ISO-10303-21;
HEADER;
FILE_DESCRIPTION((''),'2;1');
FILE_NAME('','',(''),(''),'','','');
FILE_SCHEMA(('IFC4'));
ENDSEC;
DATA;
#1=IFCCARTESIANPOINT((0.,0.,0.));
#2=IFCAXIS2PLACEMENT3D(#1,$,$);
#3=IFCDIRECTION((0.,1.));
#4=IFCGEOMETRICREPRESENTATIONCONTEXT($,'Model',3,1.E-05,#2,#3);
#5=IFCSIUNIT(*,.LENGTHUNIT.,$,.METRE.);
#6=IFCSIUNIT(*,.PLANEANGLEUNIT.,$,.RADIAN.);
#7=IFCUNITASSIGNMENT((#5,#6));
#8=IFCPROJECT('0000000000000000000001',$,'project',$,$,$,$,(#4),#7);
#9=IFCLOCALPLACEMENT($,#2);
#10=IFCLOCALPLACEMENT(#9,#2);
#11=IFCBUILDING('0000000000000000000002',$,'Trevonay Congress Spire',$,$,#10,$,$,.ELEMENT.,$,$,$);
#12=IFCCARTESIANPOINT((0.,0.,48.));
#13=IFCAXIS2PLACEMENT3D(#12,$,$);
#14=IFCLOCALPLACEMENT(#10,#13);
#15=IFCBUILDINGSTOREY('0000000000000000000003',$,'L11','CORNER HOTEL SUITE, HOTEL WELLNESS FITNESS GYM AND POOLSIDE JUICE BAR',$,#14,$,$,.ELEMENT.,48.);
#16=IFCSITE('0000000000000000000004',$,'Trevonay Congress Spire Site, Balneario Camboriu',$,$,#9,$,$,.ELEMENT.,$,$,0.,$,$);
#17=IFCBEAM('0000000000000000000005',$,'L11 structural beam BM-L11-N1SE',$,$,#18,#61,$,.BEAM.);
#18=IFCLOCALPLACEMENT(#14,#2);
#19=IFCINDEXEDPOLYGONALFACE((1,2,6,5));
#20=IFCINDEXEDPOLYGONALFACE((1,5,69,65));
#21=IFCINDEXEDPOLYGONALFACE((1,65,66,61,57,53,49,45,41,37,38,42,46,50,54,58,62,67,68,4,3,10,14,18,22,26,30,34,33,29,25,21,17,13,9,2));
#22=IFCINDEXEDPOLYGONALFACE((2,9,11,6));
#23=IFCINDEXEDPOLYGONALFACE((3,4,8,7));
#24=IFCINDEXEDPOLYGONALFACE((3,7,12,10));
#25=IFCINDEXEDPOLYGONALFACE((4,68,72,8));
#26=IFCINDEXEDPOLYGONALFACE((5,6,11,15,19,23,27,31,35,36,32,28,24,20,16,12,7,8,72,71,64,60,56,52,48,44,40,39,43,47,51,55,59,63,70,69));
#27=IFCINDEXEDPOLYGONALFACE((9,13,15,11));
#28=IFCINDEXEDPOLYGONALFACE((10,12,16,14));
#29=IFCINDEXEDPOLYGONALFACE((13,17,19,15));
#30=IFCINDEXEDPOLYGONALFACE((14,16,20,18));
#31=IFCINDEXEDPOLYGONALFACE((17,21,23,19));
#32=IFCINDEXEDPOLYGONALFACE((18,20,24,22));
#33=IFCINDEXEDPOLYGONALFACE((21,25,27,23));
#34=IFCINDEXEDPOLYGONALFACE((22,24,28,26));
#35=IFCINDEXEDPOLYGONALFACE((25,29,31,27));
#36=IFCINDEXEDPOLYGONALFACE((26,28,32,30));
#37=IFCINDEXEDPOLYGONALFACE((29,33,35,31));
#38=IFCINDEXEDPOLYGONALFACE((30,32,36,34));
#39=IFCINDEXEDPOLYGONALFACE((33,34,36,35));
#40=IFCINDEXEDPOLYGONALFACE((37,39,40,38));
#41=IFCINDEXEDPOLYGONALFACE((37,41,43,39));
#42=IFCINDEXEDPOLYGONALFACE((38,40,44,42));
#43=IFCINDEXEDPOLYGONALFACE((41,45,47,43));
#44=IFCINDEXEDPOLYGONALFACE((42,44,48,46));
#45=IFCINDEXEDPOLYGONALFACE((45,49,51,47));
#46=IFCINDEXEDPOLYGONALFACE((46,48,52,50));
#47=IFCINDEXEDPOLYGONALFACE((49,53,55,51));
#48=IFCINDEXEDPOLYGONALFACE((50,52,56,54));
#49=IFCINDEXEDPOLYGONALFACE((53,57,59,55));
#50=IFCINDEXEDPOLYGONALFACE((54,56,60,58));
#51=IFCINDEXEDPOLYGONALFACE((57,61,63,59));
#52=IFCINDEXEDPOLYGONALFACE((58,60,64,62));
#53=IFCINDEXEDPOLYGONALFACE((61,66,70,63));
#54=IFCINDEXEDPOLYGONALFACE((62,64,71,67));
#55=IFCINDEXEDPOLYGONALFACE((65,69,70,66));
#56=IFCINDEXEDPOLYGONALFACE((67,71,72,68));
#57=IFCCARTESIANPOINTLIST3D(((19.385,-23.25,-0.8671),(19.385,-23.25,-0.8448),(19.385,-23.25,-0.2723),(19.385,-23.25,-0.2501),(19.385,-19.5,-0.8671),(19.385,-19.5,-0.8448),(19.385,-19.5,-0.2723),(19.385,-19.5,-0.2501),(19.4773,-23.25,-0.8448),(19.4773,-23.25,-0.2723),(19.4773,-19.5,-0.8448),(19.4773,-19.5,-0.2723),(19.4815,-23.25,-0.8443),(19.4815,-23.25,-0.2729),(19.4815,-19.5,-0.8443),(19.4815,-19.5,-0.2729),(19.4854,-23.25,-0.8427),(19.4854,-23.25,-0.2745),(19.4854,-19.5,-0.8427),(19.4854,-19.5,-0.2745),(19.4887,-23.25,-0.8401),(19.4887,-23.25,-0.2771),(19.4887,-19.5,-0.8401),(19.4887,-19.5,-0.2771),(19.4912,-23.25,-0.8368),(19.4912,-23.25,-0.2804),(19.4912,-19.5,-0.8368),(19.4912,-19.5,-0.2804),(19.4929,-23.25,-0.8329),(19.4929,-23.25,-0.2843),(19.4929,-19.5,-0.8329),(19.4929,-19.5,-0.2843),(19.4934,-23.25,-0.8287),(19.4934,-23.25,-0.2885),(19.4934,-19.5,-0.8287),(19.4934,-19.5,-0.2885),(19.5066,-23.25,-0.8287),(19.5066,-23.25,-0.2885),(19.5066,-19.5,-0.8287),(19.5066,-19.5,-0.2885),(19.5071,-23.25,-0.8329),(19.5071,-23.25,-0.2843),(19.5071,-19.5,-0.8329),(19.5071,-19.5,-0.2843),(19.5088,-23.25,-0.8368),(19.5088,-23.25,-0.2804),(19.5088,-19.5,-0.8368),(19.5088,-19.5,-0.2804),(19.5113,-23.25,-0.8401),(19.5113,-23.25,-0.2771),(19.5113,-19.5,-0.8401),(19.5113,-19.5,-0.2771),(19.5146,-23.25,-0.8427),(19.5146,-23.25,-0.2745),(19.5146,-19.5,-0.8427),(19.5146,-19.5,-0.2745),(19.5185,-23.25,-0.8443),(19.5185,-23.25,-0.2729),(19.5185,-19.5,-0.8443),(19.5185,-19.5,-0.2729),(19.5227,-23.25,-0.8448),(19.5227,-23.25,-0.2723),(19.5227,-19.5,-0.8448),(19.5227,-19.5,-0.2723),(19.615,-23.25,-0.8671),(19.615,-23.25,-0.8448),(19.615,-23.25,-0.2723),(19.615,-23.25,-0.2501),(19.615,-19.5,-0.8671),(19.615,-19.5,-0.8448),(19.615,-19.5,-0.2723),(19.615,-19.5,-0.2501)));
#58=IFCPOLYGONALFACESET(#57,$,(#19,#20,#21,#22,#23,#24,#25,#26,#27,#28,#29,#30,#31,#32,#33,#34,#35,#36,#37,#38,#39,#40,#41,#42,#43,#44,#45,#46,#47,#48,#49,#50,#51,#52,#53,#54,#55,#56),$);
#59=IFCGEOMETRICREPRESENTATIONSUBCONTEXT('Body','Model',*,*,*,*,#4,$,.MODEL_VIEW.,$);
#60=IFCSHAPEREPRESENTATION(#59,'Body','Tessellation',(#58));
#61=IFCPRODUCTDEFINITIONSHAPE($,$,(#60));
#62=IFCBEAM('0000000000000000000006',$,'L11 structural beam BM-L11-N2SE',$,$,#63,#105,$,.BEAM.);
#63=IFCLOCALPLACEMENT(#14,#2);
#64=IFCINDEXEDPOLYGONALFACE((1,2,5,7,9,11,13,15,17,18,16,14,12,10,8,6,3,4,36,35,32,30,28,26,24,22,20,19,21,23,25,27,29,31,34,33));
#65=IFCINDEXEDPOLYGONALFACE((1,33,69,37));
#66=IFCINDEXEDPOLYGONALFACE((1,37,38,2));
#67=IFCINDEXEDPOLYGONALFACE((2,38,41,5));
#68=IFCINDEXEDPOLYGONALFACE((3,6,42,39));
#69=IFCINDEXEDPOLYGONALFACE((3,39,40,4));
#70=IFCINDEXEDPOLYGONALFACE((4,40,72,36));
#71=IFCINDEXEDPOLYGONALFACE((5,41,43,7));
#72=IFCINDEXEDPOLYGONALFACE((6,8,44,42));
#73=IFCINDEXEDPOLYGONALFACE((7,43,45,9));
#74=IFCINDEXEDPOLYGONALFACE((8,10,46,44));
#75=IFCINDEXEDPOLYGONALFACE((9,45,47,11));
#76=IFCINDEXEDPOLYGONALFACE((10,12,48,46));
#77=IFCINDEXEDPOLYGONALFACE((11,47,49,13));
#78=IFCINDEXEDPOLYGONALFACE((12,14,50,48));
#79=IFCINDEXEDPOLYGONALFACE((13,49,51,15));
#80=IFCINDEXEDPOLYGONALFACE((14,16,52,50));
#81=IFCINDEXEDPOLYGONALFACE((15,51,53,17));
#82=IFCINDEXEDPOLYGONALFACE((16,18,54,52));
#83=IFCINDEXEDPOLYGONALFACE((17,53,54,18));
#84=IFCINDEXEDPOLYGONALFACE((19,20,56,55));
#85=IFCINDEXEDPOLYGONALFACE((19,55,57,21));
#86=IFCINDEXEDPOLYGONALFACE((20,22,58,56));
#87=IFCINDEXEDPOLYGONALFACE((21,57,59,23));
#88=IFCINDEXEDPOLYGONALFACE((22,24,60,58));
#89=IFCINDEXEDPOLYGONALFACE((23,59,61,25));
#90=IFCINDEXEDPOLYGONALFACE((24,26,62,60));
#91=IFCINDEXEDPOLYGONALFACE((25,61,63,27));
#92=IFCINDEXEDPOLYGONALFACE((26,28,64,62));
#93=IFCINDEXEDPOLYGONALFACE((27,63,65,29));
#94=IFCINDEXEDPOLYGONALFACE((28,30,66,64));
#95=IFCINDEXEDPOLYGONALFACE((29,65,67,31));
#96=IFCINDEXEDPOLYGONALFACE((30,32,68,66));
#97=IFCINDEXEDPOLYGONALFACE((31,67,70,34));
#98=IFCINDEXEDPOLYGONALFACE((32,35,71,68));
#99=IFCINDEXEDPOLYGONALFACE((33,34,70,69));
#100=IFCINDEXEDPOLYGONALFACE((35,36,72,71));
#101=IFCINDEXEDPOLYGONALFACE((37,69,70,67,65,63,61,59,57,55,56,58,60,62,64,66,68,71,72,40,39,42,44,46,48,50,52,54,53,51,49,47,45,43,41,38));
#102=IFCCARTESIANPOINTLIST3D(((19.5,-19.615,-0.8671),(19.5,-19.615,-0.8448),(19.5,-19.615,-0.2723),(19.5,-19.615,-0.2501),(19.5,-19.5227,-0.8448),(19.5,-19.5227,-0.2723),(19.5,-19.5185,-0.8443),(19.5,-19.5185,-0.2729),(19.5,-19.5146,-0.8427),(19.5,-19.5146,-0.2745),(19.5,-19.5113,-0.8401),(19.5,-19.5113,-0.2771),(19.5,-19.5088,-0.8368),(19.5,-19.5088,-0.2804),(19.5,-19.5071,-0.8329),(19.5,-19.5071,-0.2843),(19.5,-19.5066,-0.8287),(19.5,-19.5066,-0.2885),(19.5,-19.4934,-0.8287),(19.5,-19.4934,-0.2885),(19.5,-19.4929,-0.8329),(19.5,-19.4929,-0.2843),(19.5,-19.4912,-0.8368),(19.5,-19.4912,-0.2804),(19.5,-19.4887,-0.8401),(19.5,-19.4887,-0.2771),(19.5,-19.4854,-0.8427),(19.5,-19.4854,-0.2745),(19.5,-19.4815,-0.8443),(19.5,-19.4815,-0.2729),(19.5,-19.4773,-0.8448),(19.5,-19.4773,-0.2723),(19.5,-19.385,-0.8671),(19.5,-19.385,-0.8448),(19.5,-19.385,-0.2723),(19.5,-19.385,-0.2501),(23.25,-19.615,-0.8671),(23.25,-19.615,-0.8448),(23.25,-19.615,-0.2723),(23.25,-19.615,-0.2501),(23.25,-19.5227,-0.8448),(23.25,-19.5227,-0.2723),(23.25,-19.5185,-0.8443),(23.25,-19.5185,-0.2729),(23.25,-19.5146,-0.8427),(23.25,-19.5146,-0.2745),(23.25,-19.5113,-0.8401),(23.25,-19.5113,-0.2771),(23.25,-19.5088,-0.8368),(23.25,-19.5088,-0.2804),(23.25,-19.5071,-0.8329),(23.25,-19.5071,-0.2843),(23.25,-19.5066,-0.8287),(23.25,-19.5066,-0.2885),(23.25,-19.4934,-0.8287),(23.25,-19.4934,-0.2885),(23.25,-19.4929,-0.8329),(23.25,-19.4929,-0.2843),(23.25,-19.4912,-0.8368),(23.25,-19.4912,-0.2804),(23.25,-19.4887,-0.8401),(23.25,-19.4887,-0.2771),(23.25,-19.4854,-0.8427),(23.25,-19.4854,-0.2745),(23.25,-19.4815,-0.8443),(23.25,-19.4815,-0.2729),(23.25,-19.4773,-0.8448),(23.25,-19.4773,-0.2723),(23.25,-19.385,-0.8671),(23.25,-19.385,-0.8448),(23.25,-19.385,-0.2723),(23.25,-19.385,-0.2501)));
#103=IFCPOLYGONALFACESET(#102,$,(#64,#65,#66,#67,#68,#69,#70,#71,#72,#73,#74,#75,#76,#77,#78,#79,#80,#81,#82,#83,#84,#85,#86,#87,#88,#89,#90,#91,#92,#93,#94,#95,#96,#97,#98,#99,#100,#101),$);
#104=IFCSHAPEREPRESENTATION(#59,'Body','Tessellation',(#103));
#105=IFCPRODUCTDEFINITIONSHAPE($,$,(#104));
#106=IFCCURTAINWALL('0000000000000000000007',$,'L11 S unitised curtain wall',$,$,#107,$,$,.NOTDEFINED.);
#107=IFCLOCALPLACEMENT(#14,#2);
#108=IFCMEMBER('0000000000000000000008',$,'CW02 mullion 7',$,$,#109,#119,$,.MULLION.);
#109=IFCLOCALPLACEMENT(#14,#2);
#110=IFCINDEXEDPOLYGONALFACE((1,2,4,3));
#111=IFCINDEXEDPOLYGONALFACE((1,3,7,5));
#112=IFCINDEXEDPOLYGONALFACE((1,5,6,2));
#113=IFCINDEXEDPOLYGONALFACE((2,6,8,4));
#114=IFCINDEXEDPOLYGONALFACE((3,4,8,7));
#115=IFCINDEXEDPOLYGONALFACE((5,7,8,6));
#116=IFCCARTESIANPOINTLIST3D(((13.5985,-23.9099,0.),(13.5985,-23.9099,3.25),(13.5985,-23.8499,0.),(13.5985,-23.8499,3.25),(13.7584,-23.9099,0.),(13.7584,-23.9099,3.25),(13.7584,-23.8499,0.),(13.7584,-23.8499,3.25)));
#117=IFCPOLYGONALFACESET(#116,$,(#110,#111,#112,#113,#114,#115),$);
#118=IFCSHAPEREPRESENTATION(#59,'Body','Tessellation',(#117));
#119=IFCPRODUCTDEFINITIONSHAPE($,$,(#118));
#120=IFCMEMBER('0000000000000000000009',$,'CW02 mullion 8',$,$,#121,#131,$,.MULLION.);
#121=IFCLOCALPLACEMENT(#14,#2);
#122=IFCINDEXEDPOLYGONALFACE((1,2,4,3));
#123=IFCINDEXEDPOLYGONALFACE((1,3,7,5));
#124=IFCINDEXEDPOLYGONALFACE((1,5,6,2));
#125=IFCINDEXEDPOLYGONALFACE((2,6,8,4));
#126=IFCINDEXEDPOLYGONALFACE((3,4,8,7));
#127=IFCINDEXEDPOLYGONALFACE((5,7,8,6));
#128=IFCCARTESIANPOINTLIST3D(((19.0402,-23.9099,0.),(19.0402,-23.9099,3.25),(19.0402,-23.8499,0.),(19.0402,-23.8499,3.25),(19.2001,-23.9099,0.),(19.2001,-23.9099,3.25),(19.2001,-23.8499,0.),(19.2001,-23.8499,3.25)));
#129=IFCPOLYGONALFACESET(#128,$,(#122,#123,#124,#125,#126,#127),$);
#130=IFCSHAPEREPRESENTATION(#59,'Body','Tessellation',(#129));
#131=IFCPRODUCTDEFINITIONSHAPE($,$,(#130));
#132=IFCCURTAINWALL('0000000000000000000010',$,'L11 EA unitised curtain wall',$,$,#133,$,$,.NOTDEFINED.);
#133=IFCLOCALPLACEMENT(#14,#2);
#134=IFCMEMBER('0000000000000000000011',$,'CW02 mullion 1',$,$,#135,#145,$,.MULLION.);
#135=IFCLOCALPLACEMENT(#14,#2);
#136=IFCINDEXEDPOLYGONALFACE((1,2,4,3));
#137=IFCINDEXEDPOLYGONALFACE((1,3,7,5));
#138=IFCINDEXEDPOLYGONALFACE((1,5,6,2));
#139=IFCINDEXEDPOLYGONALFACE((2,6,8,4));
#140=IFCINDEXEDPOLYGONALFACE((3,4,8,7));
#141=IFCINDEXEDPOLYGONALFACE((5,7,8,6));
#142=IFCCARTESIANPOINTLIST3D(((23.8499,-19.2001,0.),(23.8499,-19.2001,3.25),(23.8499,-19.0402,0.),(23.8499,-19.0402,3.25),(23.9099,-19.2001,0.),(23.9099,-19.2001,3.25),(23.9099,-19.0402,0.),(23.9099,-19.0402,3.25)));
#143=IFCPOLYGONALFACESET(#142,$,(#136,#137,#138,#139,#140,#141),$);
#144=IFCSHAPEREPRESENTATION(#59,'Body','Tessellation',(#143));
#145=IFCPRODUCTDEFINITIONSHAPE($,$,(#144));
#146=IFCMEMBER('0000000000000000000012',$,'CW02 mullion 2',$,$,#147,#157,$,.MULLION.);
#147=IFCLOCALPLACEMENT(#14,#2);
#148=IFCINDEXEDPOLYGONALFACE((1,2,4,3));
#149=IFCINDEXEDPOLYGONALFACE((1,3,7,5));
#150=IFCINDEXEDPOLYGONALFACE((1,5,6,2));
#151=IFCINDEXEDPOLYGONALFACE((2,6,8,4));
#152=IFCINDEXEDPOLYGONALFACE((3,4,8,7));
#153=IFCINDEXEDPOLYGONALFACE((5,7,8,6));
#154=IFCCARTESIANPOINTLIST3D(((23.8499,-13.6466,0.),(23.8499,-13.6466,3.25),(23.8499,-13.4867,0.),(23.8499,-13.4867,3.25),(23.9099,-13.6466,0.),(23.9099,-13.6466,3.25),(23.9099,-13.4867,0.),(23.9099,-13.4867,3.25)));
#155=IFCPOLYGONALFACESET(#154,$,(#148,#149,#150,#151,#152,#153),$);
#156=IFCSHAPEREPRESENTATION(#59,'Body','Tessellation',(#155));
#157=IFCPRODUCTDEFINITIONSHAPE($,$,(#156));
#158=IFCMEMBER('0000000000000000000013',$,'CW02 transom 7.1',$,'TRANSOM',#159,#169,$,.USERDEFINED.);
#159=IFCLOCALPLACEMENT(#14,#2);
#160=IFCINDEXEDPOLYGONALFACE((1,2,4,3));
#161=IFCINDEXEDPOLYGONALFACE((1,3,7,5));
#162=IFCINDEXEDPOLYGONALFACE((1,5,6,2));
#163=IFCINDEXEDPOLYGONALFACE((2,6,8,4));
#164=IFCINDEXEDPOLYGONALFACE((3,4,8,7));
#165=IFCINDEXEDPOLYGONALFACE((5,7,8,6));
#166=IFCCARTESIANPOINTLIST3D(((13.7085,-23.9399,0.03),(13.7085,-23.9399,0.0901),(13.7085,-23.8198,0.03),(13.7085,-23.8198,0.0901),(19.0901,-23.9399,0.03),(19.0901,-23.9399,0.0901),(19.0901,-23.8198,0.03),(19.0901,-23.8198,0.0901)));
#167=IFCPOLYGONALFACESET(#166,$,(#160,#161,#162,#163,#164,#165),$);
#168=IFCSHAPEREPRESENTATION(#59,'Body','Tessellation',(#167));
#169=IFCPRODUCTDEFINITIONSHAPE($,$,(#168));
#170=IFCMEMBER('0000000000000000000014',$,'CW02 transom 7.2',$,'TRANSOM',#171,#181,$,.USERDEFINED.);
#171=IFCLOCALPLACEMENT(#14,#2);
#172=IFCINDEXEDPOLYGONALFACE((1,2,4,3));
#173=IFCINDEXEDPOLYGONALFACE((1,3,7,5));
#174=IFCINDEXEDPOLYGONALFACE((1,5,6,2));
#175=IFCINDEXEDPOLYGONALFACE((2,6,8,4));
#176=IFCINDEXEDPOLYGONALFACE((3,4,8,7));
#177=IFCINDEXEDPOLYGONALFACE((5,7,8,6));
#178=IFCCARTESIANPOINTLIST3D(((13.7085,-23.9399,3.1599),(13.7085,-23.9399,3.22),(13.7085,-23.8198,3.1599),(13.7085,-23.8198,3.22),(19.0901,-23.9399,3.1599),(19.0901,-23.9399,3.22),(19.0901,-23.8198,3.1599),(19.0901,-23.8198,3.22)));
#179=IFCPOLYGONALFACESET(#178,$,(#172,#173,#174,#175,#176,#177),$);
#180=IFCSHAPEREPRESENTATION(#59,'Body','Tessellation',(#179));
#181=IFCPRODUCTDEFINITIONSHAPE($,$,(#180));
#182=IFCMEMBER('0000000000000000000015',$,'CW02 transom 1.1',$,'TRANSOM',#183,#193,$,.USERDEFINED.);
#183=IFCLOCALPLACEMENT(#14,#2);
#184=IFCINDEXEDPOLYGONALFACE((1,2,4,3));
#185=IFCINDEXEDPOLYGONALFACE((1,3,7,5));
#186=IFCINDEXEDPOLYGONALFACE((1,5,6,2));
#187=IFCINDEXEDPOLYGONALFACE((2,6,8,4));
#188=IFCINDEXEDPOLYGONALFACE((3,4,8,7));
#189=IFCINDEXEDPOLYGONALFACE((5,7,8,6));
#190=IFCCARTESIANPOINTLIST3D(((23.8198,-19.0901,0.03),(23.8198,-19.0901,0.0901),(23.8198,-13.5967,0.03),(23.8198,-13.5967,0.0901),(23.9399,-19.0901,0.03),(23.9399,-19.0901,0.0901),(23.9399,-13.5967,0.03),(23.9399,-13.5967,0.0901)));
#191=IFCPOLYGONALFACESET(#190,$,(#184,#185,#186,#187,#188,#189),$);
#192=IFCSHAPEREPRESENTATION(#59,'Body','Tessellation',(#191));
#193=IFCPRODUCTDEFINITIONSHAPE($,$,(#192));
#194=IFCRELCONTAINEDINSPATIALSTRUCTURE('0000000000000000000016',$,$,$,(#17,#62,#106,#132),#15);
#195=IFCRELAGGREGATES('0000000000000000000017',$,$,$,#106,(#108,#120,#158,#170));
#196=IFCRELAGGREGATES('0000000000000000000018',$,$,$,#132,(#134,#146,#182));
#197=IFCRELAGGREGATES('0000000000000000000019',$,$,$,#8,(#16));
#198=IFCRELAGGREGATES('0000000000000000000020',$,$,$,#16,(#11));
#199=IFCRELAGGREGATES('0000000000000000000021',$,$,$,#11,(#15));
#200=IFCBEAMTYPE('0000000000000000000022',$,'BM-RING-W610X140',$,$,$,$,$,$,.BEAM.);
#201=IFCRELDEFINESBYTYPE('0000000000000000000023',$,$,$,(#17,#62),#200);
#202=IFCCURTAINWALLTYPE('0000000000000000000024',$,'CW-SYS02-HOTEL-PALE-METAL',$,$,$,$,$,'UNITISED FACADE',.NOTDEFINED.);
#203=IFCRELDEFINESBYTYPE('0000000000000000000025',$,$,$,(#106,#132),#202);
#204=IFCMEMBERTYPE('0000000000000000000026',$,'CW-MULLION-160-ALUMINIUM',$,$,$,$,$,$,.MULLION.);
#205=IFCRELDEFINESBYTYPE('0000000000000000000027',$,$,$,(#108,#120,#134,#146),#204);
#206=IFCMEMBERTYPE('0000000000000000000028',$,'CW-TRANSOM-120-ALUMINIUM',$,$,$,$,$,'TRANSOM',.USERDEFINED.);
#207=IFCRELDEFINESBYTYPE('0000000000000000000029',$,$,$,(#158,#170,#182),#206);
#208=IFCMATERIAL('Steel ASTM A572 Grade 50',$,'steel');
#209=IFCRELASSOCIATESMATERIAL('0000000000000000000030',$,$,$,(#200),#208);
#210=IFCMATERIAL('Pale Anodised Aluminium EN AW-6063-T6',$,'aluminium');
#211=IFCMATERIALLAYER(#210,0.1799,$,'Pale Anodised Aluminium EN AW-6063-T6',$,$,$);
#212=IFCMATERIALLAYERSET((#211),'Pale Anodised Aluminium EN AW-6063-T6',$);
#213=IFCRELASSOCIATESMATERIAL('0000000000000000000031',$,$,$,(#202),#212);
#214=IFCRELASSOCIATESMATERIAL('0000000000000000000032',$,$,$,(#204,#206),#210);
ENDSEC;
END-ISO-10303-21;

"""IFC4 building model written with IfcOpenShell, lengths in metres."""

from ifc_helpers import new_model, si_unit, direction, frame, origin, origin_2d, place, context, subcontext, project, spatial, rectangle, i_section, extrude, material, layer, layer_set, material_profile, profile_set, type_object, element, aggregate, save


model = new_model("IFC4")

# Units and contexts
model_context = context("Model", 3, precision=1e-05, world=origin(), true_north=direction((0.0, 1.0)))
body_context = subcontext(model_context, "Body", "Model", "MODEL_VIEW")
ifc_project = project(units=[si_unit("LENGTHUNIT", "METRE"), si_unit("PLANEANGLEUNIT", "RADIAN")], contexts=[model_context])

# Site, building, storey
site_placement = place(None, origin())
site = spatial("IfcSite", under=ifc_project, at=site_placement, Name="Trevonay Congress Spire Site, Balneario Camboriu", CompositionType="ELEMENT", RefElevation=0.0)
building_placement = place(site_placement, origin())
building = spatial("IfcBuilding", under=site, at=building_placement, Name="Trevonay Congress Spire", CompositionType="ELEMENT")
storey_placement = place(building_placement, frame((0.0, 0.0, 48.0)))
storey = spatial("IfcBuildingStorey", under=building, at=storey_placement, Name="L11", Description="CORNER HOTEL SUITE, HOTEL WELLNESS FITNESS GYM AND POOLSIDE JUICE BAR", CompositionType="ELEMENT", Elevation=48.0)

# Shared definitions
ifc_material_1 = material(Name="Steel ASTM A572 Grade 50", Category="steel")

# Beams
ifc_material_profile_1 = material_profile(ifc_material_1, i_section(OverallWidth=0.23, OverallDepth=0.6169, WebThickness=0.0132, FlangeThickness=0.0222, FilletRadius=0.0161, at=origin_2d()), Name="W610x140")
ifc_profile_set_1 = profile_set([ifc_material_profile_1], Name="Steel ASTM A572 Grade 50")
beam_type = type_object("IfcBeamType", Name="BM-RING-W610X140", PredefinedType="BEAM", material=ifc_profile_set_1)
for number, where, z_axis, x_axis, name in (
    (1, (19.5, -23.25, -0.5586), (0.0, 1.0, 0.0), (-1.0, 0.0, 0.0), "L11 structural beam BM-L11-N1SE"),
    (2, (23.25, -19.5, -0.5586), (-1.0, 0.0, 0.0), (0.0, -1.0, 0.0), "L11 structural beam BM-L11-N2SE"),
):
    element("IfcBeam", number, at=place(storey_placement, frame(where, z_axis=z_axis, x_axis=x_axis)), inside=storey, type_object=beam_type, Name=name, PredefinedType="BEAM", context=body_context, shape_type="SweptSolid", body=[
        extrude(i_section(OverallWidth=0.23, OverallDepth=0.6169, WebThickness=0.0132, FlangeThickness=0.0222, FilletRadius=0.0161, at=origin_2d()), origin(), (0.0, 0.0, 1.0), 3.75),
    ])

# Curtain walls, members
ifc_material_2 = material(Name="Pale Anodised Aluminium EN AW-6063-T6", Category="aluminium")
ifc_layer_1 = layer(ifc_material_2, 0.1799, Name="Pale Anodised Aluminium EN AW-6063-T6")
ifc_layer_set_1 = layer_set([ifc_layer_1], Name="Pale Anodised Aluminium EN AW-6063-T6")
curtain_wall_type = type_object("IfcCurtainWallType", Name="CW-SYS02-HOTEL-PALE-METAL", ElementType="UNITISED FACADE", PredefinedType="NOTDEFINED", material=ifc_layer_set_1)
curtain_wall_1_placement = place(storey_placement, origin())
curtain_wall_1 = element("IfcCurtainWall", 3, at=curtain_wall_1_placement, inside=storey, type_object=curtain_wall_type, Name="L11 S unitised curtain wall", PredefinedType="NOTDEFINED")
ifc_material_profile_2 = material_profile(ifc_material_2, rectangle(XDim=0.0601, YDim=0.1599, at=origin_2d()), Name="CW-MULLION-160-ALUMINIUM")
ifc_profile_set_2 = profile_set([ifc_material_profile_2], Name="Pale Anodised Aluminium EN AW-6063-T6")
member_type_1 = type_object("IfcMemberType", Name="CW-MULLION-160-ALUMINIUM", PredefinedType="MULLION", material=ifc_profile_set_2)
member_1_placement = place(storey_placement, frame((13.6785, -23.8799, 0.0), z_axis=(0.0, 0.0, 1.0), x_axis=(0.0, 1.0, 0.0)))
member_1 = element("IfcMember", 4, at=member_1_placement, type_object=member_type_1, Name="CW02 mullion 7", PredefinedType="MULLION", context=body_context, shape_type="SweptSolid", body=[
    extrude(rectangle(XDim=0.0601, YDim=0.1599, at=origin_2d()), origin(), (0.0, 0.0, 1.0), 3.25),
])
member_2_placement = place(storey_placement, frame((19.1201, -23.8799, 0.0), z_axis=(0.0, 0.0, 1.0), x_axis=(0.0, 1.0, 0.0)))
member_2 = element("IfcMember", 5, at=member_2_placement, type_object=member_type_1, Name="CW02 mullion 8", PredefinedType="MULLION", context=body_context, shape_type="SweptSolid", body=[
    extrude(rectangle(XDim=0.0601, YDim=0.1599, at=origin_2d()), origin(), (0.0, 0.0, 1.0), 3.25),
])
curtain_wall_2_placement = place(storey_placement, origin())
curtain_wall_2 = element("IfcCurtainWall", 6, at=curtain_wall_2_placement, inside=storey, type_object=curtain_wall_type, Name="L11 EA unitised curtain wall", PredefinedType="NOTDEFINED")
member_3_placement = place(storey_placement, frame((23.8799, -19.1201, 0.0), z_axis=(0.0, 0.0, 1.0), x_axis=(-1.0, 0.0, 0.0)))
member_3 = element("IfcMember", 7, at=member_3_placement, type_object=member_type_1, Name="CW02 mullion 1", PredefinedType="MULLION", context=body_context, shape_type="SweptSolid", body=[
    extrude(rectangle(XDim=0.0601, YDim=0.1599, at=origin_2d()), origin(), (0.0, 0.0, 1.0), 3.25),
])
member_4_placement = place(storey_placement, frame((23.8799, -13.5667, 0.0), z_axis=(0.0, 0.0, 1.0), x_axis=(-1.0, 0.0, 0.0)))
member_4 = element("IfcMember", 8, at=member_4_placement, type_object=member_type_1, Name="CW02 mullion 2", PredefinedType="MULLION", context=body_context, shape_type="SweptSolid", body=[
    extrude(rectangle(XDim=0.0601, YDim=0.1599, at=origin_2d()), origin(), (0.0, 0.0, 1.0), 3.25),
])

# Members
ifc_material_profile_3 = material_profile(ifc_material_2, rectangle(XDim=0.1201, YDim=0.0601, at=origin_2d()), Name="CW-TRANSOM-120-ALUMINIUM")
ifc_profile_set_3 = profile_set([ifc_material_profile_3], Name="Pale Anodised Aluminium EN AW-6063-T6")
member_type_2 = type_object("IfcMemberType", Name="CW-TRANSOM-120-ALUMINIUM", ElementType="TRANSOM", PredefinedType="USERDEFINED", material=ifc_profile_set_3)
member_5_placement = place(storey_placement, frame((13.7085, -23.8799, 0.0601), z_axis=(1.0, 0.0, 0.0), x_axis=(0.0, 1.0, 0.0)))
member_5 = element("IfcMember", 9, at=member_5_placement, type_object=member_type_2, Name="CW02 transom 7.1", ObjectType="TRANSOM", PredefinedType="USERDEFINED", context=body_context, shape_type="SweptSolid", body=[
    extrude(rectangle(XDim=0.1201, YDim=0.0601, at=origin_2d()), origin(), (0.0, 0.0, 1.0), 5.3816),
])
member_6_placement = place(storey_placement, frame((13.7085, -23.8799, 3.1899), z_axis=(1.0, 0.0, 0.0), x_axis=(0.0, 1.0, 0.0)))
member_6 = element("IfcMember", 10, at=member_6_placement, type_object=member_type_2, Name="CW02 transom 7.2", ObjectType="TRANSOM", PredefinedType="USERDEFINED", context=body_context, shape_type="SweptSolid", body=[
    extrude(rectangle(XDim=0.1201, YDim=0.0601, at=origin_2d()), origin(), (0.0, 0.0, 1.0), 5.3816),
])
member_7_placement = place(storey_placement, frame((23.8799, -19.0901, 0.0601), z_axis=(0.0, 1.0, 0.0), x_axis=(-1.0, 0.0, 0.0)))
member_7 = element("IfcMember", 11, at=member_7_placement, type_object=member_type_2, Name="CW02 transom 1.1", ObjectType="TRANSOM", PredefinedType="USERDEFINED", context=body_context, shape_type="SweptSolid", body=[
    extrude(rectangle(XDim=0.1201, YDim=0.0601, at=origin_2d()), origin(), (0.0, 0.0, 1.0), 5.4934),
])

aggregate(curtain_wall_1, [member_1, member_2, member_5, member_6])
aggregate(curtain_wall_2, [member_3, member_4, member_7])

save(model, "model.ifc")
